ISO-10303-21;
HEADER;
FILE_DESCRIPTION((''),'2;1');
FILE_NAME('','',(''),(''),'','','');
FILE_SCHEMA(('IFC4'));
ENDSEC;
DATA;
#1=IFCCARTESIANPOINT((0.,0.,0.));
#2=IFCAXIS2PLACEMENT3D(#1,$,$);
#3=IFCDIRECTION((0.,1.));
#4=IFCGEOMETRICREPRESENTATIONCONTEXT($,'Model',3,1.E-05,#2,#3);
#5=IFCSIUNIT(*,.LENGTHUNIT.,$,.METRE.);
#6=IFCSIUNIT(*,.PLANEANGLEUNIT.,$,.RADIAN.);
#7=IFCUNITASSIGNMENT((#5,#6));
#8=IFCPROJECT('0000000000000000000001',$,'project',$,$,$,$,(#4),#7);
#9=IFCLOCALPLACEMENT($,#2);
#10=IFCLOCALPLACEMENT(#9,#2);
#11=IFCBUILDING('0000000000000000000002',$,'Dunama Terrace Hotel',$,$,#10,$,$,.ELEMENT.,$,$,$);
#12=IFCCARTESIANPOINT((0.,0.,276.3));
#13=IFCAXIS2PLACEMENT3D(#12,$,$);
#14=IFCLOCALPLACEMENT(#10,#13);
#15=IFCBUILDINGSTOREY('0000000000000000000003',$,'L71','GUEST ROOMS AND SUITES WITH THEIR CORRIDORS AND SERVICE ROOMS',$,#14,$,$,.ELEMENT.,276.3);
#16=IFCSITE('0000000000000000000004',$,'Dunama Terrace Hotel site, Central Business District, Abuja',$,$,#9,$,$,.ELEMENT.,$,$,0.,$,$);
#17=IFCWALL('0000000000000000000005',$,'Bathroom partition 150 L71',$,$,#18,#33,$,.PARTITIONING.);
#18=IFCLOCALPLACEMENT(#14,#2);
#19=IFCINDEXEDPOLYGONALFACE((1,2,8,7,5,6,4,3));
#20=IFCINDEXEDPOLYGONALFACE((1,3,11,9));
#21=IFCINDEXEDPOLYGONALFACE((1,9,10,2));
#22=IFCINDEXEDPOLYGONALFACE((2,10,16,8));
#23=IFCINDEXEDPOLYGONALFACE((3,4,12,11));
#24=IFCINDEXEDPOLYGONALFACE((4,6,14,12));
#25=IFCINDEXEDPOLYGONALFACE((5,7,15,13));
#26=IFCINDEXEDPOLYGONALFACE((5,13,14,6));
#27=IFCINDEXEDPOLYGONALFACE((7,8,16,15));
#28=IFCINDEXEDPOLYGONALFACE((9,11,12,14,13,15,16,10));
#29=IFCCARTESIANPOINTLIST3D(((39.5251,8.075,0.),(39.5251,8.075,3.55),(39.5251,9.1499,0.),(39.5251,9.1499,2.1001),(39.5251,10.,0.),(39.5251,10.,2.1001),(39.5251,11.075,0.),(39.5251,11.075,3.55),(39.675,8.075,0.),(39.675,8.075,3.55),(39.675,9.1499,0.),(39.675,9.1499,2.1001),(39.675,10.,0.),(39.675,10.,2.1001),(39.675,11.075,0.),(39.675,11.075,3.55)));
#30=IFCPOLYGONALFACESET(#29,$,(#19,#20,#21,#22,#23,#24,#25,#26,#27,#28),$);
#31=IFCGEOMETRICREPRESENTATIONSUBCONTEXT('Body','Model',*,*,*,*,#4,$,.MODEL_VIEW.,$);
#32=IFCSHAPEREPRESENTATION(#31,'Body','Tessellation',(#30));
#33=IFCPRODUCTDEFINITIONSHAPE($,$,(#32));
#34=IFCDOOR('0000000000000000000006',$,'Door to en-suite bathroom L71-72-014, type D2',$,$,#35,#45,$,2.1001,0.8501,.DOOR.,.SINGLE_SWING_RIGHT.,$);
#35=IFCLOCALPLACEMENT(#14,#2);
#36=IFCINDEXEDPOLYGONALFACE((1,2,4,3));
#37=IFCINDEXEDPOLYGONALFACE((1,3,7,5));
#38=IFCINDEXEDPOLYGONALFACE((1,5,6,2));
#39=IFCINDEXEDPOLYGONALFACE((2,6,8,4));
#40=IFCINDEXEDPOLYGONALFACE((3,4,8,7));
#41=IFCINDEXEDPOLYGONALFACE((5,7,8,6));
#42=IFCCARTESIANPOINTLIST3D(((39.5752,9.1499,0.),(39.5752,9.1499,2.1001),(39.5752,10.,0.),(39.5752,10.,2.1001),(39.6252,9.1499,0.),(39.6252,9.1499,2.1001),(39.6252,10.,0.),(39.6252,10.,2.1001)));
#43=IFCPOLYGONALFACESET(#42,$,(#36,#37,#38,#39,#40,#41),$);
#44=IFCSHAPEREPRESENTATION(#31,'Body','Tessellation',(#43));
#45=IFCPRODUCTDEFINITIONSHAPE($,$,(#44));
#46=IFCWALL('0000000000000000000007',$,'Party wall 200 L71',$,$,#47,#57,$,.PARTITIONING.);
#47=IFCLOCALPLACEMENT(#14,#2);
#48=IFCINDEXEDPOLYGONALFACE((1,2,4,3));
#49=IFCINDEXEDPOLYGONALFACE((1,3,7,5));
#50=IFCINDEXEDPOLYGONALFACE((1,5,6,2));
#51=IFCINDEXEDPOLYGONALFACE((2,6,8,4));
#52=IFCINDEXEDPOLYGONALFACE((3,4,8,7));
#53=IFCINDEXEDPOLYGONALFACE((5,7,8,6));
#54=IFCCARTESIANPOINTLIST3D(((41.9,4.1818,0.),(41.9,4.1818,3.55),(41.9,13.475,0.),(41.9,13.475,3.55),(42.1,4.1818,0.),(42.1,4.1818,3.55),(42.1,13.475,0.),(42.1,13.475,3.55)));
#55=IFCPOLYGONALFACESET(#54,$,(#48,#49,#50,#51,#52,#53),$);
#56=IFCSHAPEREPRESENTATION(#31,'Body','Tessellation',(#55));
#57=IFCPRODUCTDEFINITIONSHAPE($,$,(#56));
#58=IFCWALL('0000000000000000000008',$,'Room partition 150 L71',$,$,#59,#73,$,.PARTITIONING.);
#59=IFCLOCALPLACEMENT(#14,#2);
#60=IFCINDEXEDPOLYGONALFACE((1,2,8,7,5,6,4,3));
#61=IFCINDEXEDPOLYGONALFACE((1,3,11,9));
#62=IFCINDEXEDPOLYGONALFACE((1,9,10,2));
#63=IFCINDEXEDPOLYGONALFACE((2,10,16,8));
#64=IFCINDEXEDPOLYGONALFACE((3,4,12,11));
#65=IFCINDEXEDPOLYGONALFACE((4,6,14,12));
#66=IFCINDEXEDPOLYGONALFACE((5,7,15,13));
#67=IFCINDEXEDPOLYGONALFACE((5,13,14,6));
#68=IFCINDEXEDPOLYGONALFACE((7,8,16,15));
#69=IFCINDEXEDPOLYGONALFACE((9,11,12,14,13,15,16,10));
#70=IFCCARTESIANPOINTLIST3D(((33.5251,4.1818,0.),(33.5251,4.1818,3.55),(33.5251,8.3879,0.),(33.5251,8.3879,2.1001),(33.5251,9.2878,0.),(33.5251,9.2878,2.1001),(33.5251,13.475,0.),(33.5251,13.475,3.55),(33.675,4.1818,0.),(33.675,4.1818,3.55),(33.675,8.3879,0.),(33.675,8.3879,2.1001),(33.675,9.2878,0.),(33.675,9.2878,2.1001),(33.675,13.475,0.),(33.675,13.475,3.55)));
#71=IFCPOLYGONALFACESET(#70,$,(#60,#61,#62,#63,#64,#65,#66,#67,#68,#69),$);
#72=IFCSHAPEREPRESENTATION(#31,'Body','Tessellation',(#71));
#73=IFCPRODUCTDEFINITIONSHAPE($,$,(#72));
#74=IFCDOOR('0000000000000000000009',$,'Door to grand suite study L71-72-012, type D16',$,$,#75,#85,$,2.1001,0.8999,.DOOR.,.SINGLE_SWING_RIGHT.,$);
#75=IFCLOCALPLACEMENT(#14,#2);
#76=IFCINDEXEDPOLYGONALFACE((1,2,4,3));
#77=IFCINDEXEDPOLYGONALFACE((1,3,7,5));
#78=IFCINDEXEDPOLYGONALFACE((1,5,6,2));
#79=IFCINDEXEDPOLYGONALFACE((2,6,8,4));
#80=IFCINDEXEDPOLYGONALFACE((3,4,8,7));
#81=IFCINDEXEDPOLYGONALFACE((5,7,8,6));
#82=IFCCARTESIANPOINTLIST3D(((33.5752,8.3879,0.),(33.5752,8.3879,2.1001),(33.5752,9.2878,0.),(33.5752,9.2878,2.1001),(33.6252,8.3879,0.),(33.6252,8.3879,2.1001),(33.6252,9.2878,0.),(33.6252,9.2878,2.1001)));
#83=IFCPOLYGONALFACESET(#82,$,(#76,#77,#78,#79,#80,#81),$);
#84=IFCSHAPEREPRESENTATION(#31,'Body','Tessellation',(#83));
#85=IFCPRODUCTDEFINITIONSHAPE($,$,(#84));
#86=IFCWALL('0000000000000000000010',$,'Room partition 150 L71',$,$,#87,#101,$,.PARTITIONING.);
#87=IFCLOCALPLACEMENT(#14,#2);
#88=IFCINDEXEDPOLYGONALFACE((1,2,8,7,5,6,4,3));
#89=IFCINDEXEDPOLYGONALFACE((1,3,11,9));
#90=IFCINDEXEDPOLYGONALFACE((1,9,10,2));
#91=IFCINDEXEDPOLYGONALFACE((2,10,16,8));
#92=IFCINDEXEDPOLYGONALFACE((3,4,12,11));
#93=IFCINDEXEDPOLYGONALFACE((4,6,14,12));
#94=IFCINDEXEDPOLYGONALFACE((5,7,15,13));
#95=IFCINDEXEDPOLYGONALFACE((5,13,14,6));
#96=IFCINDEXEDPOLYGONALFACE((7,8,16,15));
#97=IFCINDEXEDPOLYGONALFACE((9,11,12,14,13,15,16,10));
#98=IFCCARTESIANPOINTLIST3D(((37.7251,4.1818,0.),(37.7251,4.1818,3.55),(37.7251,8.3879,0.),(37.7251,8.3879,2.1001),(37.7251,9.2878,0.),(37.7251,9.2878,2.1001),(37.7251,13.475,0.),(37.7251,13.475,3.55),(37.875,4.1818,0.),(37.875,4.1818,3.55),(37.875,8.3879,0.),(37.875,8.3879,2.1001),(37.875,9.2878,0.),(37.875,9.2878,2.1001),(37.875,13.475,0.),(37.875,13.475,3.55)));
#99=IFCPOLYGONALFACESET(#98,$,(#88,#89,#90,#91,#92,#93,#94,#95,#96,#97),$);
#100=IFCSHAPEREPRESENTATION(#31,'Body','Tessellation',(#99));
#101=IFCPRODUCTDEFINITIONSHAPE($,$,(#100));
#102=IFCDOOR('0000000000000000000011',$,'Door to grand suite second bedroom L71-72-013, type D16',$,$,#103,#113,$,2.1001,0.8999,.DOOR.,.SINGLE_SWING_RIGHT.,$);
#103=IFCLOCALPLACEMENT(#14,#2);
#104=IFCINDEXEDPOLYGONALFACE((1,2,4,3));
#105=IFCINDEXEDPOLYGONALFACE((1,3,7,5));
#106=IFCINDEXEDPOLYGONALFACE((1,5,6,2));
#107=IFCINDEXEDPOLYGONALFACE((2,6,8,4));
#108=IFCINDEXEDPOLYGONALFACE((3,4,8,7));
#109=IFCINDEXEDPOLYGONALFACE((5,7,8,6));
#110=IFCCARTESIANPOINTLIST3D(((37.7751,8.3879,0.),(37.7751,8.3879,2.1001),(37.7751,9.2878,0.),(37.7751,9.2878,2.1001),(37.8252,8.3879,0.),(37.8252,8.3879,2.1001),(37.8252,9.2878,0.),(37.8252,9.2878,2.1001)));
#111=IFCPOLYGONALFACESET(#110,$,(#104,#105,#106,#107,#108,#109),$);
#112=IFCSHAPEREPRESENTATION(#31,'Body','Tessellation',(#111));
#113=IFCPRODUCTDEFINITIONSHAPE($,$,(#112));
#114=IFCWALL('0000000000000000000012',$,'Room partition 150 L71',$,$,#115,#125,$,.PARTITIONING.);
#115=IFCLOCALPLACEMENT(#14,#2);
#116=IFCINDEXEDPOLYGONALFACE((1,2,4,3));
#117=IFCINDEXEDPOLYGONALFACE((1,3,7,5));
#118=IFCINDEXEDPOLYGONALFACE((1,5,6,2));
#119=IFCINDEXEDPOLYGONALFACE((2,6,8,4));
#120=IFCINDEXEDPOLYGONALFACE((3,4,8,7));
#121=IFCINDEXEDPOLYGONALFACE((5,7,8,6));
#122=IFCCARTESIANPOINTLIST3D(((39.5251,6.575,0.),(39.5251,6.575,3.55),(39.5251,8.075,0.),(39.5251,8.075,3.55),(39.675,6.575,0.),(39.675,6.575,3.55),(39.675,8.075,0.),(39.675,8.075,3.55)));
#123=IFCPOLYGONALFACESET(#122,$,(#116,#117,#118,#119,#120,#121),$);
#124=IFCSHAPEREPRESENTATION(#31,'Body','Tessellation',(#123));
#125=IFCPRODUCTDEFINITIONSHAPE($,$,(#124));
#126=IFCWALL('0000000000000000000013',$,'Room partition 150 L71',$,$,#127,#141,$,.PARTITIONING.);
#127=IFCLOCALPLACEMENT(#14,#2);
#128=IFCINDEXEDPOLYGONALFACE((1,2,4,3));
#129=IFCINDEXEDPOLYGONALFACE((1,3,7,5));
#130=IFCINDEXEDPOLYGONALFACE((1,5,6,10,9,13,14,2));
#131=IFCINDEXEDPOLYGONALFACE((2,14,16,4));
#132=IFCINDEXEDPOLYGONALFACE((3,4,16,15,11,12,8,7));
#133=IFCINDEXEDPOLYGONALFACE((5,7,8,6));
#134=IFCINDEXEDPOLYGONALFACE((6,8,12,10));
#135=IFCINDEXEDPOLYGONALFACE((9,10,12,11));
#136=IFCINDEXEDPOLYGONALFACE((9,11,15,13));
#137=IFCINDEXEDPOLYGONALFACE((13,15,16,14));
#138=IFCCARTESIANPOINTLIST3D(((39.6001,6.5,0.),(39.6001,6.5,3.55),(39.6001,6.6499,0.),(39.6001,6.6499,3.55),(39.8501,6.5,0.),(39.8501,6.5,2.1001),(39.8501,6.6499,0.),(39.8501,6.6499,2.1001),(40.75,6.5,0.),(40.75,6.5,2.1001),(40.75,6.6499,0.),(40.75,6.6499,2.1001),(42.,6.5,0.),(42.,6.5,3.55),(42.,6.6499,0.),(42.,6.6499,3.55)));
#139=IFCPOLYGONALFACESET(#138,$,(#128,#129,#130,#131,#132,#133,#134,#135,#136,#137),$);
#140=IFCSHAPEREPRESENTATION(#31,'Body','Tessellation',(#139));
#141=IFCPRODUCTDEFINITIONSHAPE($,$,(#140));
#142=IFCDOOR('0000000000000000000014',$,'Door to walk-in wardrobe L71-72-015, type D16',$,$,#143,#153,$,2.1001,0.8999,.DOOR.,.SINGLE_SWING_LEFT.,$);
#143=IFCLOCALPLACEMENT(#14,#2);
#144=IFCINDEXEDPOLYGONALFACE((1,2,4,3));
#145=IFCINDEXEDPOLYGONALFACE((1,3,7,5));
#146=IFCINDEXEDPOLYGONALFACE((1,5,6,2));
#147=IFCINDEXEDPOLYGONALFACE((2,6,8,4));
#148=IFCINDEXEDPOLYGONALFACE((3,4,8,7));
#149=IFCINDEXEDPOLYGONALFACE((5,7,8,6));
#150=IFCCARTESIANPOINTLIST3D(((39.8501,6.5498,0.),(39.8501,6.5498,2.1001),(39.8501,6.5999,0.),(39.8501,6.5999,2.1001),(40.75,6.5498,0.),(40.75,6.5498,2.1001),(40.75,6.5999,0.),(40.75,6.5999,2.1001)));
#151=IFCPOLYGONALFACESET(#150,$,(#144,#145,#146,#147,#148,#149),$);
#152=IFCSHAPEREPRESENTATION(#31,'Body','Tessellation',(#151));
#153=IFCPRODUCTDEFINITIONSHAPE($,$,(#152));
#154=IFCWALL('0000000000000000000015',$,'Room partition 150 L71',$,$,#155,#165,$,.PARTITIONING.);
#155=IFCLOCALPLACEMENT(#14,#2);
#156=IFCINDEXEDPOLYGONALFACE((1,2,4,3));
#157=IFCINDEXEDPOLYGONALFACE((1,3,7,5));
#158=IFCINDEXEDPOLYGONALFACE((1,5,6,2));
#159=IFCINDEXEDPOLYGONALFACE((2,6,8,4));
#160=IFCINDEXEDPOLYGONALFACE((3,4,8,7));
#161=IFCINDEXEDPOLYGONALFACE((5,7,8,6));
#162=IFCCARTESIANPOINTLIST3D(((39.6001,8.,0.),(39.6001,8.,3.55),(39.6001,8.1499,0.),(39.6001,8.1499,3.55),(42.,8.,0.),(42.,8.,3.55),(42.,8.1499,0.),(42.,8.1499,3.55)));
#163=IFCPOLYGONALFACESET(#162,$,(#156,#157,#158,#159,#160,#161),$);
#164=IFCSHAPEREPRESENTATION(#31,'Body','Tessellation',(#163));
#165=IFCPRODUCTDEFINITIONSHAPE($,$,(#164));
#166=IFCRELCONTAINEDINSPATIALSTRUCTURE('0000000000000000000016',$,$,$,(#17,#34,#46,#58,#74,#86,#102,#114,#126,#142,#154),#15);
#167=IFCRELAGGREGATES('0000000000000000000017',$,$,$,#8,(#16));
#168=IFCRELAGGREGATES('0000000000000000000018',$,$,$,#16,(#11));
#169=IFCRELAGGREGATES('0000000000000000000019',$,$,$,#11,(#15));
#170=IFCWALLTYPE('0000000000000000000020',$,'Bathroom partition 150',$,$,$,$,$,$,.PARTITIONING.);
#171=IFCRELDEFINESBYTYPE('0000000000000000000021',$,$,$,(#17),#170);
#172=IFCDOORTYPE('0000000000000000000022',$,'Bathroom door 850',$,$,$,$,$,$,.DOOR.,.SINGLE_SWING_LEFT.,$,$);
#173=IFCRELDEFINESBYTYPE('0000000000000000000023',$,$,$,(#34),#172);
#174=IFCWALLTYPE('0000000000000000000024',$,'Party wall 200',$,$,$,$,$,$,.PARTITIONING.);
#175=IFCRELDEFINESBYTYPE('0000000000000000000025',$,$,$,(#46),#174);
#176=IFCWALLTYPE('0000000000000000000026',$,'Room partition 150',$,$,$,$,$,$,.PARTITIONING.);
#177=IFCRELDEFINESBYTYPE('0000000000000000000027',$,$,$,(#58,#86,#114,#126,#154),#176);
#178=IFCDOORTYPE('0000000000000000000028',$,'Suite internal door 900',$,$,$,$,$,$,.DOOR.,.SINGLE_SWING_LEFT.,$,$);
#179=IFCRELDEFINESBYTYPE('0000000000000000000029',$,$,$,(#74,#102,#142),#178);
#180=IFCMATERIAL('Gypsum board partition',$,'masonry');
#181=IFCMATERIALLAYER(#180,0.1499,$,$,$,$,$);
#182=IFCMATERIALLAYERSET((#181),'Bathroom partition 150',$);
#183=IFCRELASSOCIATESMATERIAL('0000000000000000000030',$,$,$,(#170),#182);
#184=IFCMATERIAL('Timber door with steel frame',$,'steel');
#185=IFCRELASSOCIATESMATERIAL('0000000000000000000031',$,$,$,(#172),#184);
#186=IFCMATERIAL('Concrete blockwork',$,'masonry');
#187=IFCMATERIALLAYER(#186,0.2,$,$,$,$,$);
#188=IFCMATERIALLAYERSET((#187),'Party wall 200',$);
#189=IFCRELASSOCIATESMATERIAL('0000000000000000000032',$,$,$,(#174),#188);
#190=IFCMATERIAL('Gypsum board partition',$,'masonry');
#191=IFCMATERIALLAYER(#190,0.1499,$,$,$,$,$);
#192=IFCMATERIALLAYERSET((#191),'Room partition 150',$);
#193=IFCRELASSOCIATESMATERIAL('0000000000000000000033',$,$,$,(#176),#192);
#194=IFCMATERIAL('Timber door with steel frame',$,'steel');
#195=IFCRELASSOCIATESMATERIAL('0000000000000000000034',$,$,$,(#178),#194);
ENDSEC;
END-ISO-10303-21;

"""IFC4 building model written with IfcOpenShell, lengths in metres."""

from ifc_helpers import new_model, si_unit, direction, frame, frame_2d, origin, place, context, subcontext, project, spatial, rectangle, extrude, material, layer, layer_set, type_object, element, fill, save


model = new_model("IFC4")

# Units and contexts
model_context = context("Model", 3, precision=1e-05, world=origin(), true_north=direction((0.0, 1.0)))
body_context = subcontext(model_context, "Body", "Model", "MODEL_VIEW")
ifc_project = project(units=[si_unit("LENGTHUNIT", "METRE"), si_unit("PLANEANGLEUNIT", "RADIAN")], contexts=[model_context])

# Site, building, storey
site_placement = place(None, origin())
site = spatial("IfcSite", under=ifc_project, at=site_placement, Name="Dunama Terrace Hotel site, Central Business District, Abuja", CompositionType="ELEMENT", RefElevation=0.0)
building_placement = place(site_placement, origin())
building = spatial("IfcBuilding", under=site, at=building_placement, Name="Dunama Terrace Hotel", CompositionType="ELEMENT")
storey_placement = place(building_placement, frame((0.0, 0.0, 276.3)))
storey = spatial("IfcBuildingStorey", under=building, at=storey_placement, Name="L71", Description="GUEST ROOMS AND SUITES WITH THEIR CORRIDORS AND SERVICE ROOMS", CompositionType="ELEMENT", Elevation=276.3)

# Wall, opening, door
ifc_material_1 = material(Name="Gypsum board partition", Category="masonry")
ifc_layer_1 = layer(ifc_material_1, 0.1499)
ifc_layer_set_1 = layer_set([ifc_layer_1], Name="Bathroom partition 150")
wall_type_1 = type_object("IfcWallType", Name="Bathroom partition 150", PredefinedType="PARTITIONING", material=ifc_layer_set_1)
wall_1_placement = place(storey_placement, frame((39.6001, 8.075, 0.0), z_axis=(0.0, 0.0, 1.0), x_axis=(0.0, 1.0, 0.0)))
wall_1 = element("IfcWall", 1, at=wall_1_placement, inside=storey, type_object=wall_type_1, Name="Bathroom partition 150 L71", PredefinedType="PARTITIONING", context=body_context, shape_type="SweptSolid", body=[
    extrude(rectangle(XDim=3.0, YDim=0.1499, at=frame_2d((1.5, 0.0))), origin(), (0.0, 0.0, 1.0), 3.55),
])
opening_1_placement = place(wall_1_placement, frame((1.075, 0.0, 0.0)))
opening_1 = element("IfcOpeningElement", 2, at=opening_1_placement, cuts=wall_1, PredefinedType="OPENING", context=body_context, shape_type="SweptSolid", body=[
    extrude(rectangle(XDim=0.8501, YDim=2.1001, at=frame_2d((0.425, 1.05))), frame((0.0, 0.085, 0.0), z_axis=(0.0, -1.0, 0.0), x_axis=(1.0, 0.0, 0.0)), (0.0, 0.0, 1.0), 0.1699),
])
ifc_material_2 = material(Name="Timber door with steel frame", Category="steel")
door_type_1 = type_object("IfcDoorType", Name="Bathroom door 850", OperationType="SINGLE_SWING_LEFT", PredefinedType="DOOR", material=ifc_material_2)
door_1_placement = place(opening_1_placement, frame((0.8501, 0.0, 0.0), z_axis=(0.0, 0.0, 1.0), x_axis=(-1.0, 0.0, 0.0)))
door_1 = element("IfcDoor", 3, at=door_1_placement, inside=storey, type_object=door_type_1, Name="Door to en-suite bathroom L71-72-014, type D2", OperationType="SINGLE_SWING_RIGHT", OverallHeight=2.1001, OverallWidth=0.8501, PredefinedType="DOOR", context=body_context, shape_type="SweptSolid", body=[
    extrude(rectangle(XDim=0.8501, YDim=2.1001, at=frame_2d((0.425, 1.05))), frame((0.0, 0.0251, 0.0), z_axis=(0.0, -1.0, 0.0), x_axis=(1.0, 0.0, 0.0)), (0.0, 0.0, 1.0), 0.05),
])
fill(opening_1, door_1)

# Wall
ifc_material_3 = material(Name="Concrete blockwork", Category="masonry")
ifc_layer_2 = layer(ifc_material_3, 0.2)
ifc_layer_set_2 = layer_set([ifc_layer_2], Name="Party wall 200")
wall_type_2 = type_object("IfcWallType", Name="Party wall 200", PredefinedType="PARTITIONING", material=ifc_layer_set_2)
wall_2_placement = place(storey_placement, frame((42.0, 4.1819, 0.0), z_axis=(0.0, 0.0, 1.0), x_axis=(0.0, 1.0, 0.0)))
element("IfcWall", 4, at=wall_2_placement, inside=storey, type_object=wall_type_2, Name="Party wall 200 L71", PredefinedType="PARTITIONING", context=body_context, shape_type="SweptSolid", body=[
    extrude(rectangle(XDim=9.2932, YDim=0.2, at=frame_2d((4.6465, 0.0))), origin(), (0.0, 0.0, 1.0), 3.55),
])

# Walls, openings, doors
ifc_material_4 = material(Name="Gypsum board partition", Category="masonry")
ifc_layer_3 = layer(ifc_material_4, 0.1499)
ifc_layer_set_3 = layer_set([ifc_layer_3], Name="Room partition 150")
wall_type_3 = type_object("IfcWallType", Name="Room partition 150", PredefinedType="PARTITIONING", material=ifc_layer_set_3)
wall_3_placement = place(storey_placement, frame((33.6001, 4.1819, 0.0), z_axis=(0.0, 0.0, 1.0), x_axis=(0.0, 1.0, 0.0)))
wall_3 = element("IfcWall", 5, at=wall_3_placement, inside=storey, type_object=wall_type_3, Name="Room partition 150 L71", PredefinedType="PARTITIONING", context=body_context, shape_type="SweptSolid", body=[
    extrude(rectangle(XDim=9.2932, YDim=0.1499, at=frame_2d((4.6465, 0.0))), origin(), (0.0, 0.0, 1.0), 3.55),
])
opening_2_placement = place(wall_3_placement, frame((4.2061, 0.0, 0.0)))
opening_2 = element("IfcOpeningElement", 6, at=opening_2_placement, cuts=wall_3, PredefinedType="OPENING", context=body_context, shape_type="SweptSolid", body=[
    extrude(rectangle(XDim=0.8999, YDim=2.1001, at=frame_2d((0.45, 1.05))), frame((0.0, 0.085, 0.0), z_axis=(0.0, -1.0, 0.0), x_axis=(1.0, 0.0, 0.0)), (0.0, 0.0, 1.0), 0.1699),
])
ifc_material_5 = material(Name="Timber door with steel frame", Category="steel")
door_type_2 = type_object("IfcDoorType", Name="Suite internal door 900", OperationType="SINGLE_SWING_LEFT", PredefinedType="DOOR", material=ifc_material_5)
door_2_placement = place(opening_2_placement, origin())
door_2 = element("IfcDoor", 7, at=door_2_placement, inside=storey, type_object=door_type_2, Name="Door to grand suite study L71-72-012, type D16", OperationType="SINGLE_SWING_RIGHT", OverallHeight=2.1001, OverallWidth=0.8999, PredefinedType="DOOR", context=body_context, shape_type="SweptSolid", body=[
    extrude(rectangle(XDim=0.8999, YDim=2.1001, at=frame_2d((0.45, 1.05))), frame((0.0, 0.0249, 0.0), z_axis=(0.0, -1.0, 0.0), x_axis=(1.0, 0.0, 0.0)), (0.0, 0.0, 1.0), 0.05),
])
fill(opening_2, door_2)
wall_4_placement = place(storey_placement, frame((37.8, 4.1819, 0.0), z_axis=(0.0, 0.0, 1.0), x_axis=(0.0, 1.0, 0.0)))
wall_4 = element("IfcWall", 8, at=wall_4_placement, inside=storey, type_object=wall_type_3, Name="Room partition 150 L71", PredefinedType="PARTITIONING", context=body_context, shape_type="SweptSolid", body=[
    extrude(rectangle(XDim=9.2932, YDim=0.1499, at=frame_2d((4.6465, 0.0))), origin(), (0.0, 0.0, 1.0), 3.55),
])
opening_3_placement = place(wall_4_placement, frame((4.2061, 0.0, 0.0)))
opening_3 = element("IfcOpeningElement", 9, at=opening_3_placement, cuts=wall_4, PredefinedType="OPENING", context=body_context, shape_type="SweptSolid", body=[
    extrude(rectangle(XDim=0.8999, YDim=2.1001, at=frame_2d((0.45, 1.05))), frame((0.0, 0.085, 0.0), z_axis=(0.0, -1.0, 0.0), x_axis=(1.0, 0.0, 0.0)), (0.0, 0.0, 1.0), 0.1699),
])
door_3_placement = place(opening_3_placement, frame((0.8999, 0.0, 0.0), z_axis=(0.0, 0.0, 1.0), x_axis=(-1.0, 0.0, 0.0)))
door_3 = element("IfcDoor", 10, at=door_3_placement, inside=storey, type_object=door_type_2, Name="Door to grand suite second bedroom L71-72-013, type D16", OperationType="SINGLE_SWING_RIGHT", OverallHeight=2.1001, OverallWidth=0.8999, PredefinedType="DOOR", context=body_context, shape_type="SweptSolid", body=[
    extrude(rectangle(XDim=0.8999, YDim=2.1001, at=frame_2d((0.45, 1.05))), frame((0.0, 0.0251, 0.0), z_axis=(0.0, -1.0, 0.0), x_axis=(1.0, 0.0, 0.0)), (0.0, 0.0, 1.0), 0.05),
])
fill(opening_3, door_3)

# Wall
wall_5_placement = place(storey_placement, frame((39.6001, 6.575, 0.0), z_axis=(0.0, 0.0, 1.0), x_axis=(0.0, 1.0, 0.0)))
element("IfcWall", 11, at=wall_5_placement, inside=storey, type_object=wall_type_3, Name="Room partition 150 L71", PredefinedType="PARTITIONING", context=body_context, shape_type="SweptSolid", body=[
    extrude(rectangle(XDim=1.5, YDim=0.1499, at=frame_2d((0.75, 0.0))), origin(), (0.0, 0.0, 1.0), 3.55),
])

# Wall, opening, door
wall_6_placement = place(storey_placement, frame((39.6001, 6.575, 0.0), z_axis=(0.0, 0.0, 1.0), x_axis=(1.0, 0.0, 0.0)))
wall_6 = element("IfcWall", 12, at=wall_6_placement, inside=storey, type_object=wall_type_3, Name="Room partition 150 L71", PredefinedType="PARTITIONING", context=body_context, shape_type="SweptSolid", body=[
    extrude(rectangle(XDim=2.3999, YDim=0.1499, at=frame_2d((1.2, 0.0))), origin(), (0.0, 0.0, 1.0), 3.55),
])
opening_4_placement = place(wall_6_placement, frame((0.25, 0.0, 0.0)))
opening_4 = element("IfcOpeningElement", 13, at=opening_4_placement, cuts=wall_6, PredefinedType="OPENING", context=body_context, shape_type="SweptSolid", body=[
    extrude(rectangle(XDim=0.8999, YDim=2.1001, at=frame_2d((0.45, 1.05))), frame((0.0, 0.085, 0.0), z_axis=(0.0, -1.0, 0.0), x_axis=(1.0, 0.0, 0.0)), (0.0, 0.0, 1.0), 0.1699),
])
door_4_placement = place(opening_4_placement, origin())
door_4 = element("IfcDoor", 14, at=door_4_placement, inside=storey, type_object=door_type_2, Name="Door to walk-in wardrobe L71-72-015, type D16", OperationType="SINGLE_SWING_LEFT", OverallHeight=2.1001, OverallWidth=0.8999, PredefinedType="DOOR", context=body_context, shape_type="SweptSolid", body=[
    extrude(rectangle(XDim=0.8999, YDim=2.1001, at=frame_2d((0.45, 1.05))), frame((0.0, 0.0249, 0.0), z_axis=(0.0, -1.0, 0.0), x_axis=(1.0, 0.0, 0.0)), (0.0, 0.0, 1.0), 0.05),
])
fill(opening_4, door_4)

# Wall
wall_7_placement = place(storey_placement, frame((39.6001, 8.075, 0.0), z_axis=(0.0, 0.0, 1.0), x_axis=(1.0, 0.0, 0.0)))
element("IfcWall", 15, at=wall_7_placement, inside=storey, type_object=wall_type_3, Name="Room partition 150 L71", PredefinedType="PARTITIONING", context=body_context, shape_type="SweptSolid", body=[
    extrude(rectangle(XDim=2.3999, YDim=0.1499, at=frame_2d((1.2, 0.0))), origin(), (0.0, 0.0, 1.0), 3.55),
])

save(model, "model.ifc")
